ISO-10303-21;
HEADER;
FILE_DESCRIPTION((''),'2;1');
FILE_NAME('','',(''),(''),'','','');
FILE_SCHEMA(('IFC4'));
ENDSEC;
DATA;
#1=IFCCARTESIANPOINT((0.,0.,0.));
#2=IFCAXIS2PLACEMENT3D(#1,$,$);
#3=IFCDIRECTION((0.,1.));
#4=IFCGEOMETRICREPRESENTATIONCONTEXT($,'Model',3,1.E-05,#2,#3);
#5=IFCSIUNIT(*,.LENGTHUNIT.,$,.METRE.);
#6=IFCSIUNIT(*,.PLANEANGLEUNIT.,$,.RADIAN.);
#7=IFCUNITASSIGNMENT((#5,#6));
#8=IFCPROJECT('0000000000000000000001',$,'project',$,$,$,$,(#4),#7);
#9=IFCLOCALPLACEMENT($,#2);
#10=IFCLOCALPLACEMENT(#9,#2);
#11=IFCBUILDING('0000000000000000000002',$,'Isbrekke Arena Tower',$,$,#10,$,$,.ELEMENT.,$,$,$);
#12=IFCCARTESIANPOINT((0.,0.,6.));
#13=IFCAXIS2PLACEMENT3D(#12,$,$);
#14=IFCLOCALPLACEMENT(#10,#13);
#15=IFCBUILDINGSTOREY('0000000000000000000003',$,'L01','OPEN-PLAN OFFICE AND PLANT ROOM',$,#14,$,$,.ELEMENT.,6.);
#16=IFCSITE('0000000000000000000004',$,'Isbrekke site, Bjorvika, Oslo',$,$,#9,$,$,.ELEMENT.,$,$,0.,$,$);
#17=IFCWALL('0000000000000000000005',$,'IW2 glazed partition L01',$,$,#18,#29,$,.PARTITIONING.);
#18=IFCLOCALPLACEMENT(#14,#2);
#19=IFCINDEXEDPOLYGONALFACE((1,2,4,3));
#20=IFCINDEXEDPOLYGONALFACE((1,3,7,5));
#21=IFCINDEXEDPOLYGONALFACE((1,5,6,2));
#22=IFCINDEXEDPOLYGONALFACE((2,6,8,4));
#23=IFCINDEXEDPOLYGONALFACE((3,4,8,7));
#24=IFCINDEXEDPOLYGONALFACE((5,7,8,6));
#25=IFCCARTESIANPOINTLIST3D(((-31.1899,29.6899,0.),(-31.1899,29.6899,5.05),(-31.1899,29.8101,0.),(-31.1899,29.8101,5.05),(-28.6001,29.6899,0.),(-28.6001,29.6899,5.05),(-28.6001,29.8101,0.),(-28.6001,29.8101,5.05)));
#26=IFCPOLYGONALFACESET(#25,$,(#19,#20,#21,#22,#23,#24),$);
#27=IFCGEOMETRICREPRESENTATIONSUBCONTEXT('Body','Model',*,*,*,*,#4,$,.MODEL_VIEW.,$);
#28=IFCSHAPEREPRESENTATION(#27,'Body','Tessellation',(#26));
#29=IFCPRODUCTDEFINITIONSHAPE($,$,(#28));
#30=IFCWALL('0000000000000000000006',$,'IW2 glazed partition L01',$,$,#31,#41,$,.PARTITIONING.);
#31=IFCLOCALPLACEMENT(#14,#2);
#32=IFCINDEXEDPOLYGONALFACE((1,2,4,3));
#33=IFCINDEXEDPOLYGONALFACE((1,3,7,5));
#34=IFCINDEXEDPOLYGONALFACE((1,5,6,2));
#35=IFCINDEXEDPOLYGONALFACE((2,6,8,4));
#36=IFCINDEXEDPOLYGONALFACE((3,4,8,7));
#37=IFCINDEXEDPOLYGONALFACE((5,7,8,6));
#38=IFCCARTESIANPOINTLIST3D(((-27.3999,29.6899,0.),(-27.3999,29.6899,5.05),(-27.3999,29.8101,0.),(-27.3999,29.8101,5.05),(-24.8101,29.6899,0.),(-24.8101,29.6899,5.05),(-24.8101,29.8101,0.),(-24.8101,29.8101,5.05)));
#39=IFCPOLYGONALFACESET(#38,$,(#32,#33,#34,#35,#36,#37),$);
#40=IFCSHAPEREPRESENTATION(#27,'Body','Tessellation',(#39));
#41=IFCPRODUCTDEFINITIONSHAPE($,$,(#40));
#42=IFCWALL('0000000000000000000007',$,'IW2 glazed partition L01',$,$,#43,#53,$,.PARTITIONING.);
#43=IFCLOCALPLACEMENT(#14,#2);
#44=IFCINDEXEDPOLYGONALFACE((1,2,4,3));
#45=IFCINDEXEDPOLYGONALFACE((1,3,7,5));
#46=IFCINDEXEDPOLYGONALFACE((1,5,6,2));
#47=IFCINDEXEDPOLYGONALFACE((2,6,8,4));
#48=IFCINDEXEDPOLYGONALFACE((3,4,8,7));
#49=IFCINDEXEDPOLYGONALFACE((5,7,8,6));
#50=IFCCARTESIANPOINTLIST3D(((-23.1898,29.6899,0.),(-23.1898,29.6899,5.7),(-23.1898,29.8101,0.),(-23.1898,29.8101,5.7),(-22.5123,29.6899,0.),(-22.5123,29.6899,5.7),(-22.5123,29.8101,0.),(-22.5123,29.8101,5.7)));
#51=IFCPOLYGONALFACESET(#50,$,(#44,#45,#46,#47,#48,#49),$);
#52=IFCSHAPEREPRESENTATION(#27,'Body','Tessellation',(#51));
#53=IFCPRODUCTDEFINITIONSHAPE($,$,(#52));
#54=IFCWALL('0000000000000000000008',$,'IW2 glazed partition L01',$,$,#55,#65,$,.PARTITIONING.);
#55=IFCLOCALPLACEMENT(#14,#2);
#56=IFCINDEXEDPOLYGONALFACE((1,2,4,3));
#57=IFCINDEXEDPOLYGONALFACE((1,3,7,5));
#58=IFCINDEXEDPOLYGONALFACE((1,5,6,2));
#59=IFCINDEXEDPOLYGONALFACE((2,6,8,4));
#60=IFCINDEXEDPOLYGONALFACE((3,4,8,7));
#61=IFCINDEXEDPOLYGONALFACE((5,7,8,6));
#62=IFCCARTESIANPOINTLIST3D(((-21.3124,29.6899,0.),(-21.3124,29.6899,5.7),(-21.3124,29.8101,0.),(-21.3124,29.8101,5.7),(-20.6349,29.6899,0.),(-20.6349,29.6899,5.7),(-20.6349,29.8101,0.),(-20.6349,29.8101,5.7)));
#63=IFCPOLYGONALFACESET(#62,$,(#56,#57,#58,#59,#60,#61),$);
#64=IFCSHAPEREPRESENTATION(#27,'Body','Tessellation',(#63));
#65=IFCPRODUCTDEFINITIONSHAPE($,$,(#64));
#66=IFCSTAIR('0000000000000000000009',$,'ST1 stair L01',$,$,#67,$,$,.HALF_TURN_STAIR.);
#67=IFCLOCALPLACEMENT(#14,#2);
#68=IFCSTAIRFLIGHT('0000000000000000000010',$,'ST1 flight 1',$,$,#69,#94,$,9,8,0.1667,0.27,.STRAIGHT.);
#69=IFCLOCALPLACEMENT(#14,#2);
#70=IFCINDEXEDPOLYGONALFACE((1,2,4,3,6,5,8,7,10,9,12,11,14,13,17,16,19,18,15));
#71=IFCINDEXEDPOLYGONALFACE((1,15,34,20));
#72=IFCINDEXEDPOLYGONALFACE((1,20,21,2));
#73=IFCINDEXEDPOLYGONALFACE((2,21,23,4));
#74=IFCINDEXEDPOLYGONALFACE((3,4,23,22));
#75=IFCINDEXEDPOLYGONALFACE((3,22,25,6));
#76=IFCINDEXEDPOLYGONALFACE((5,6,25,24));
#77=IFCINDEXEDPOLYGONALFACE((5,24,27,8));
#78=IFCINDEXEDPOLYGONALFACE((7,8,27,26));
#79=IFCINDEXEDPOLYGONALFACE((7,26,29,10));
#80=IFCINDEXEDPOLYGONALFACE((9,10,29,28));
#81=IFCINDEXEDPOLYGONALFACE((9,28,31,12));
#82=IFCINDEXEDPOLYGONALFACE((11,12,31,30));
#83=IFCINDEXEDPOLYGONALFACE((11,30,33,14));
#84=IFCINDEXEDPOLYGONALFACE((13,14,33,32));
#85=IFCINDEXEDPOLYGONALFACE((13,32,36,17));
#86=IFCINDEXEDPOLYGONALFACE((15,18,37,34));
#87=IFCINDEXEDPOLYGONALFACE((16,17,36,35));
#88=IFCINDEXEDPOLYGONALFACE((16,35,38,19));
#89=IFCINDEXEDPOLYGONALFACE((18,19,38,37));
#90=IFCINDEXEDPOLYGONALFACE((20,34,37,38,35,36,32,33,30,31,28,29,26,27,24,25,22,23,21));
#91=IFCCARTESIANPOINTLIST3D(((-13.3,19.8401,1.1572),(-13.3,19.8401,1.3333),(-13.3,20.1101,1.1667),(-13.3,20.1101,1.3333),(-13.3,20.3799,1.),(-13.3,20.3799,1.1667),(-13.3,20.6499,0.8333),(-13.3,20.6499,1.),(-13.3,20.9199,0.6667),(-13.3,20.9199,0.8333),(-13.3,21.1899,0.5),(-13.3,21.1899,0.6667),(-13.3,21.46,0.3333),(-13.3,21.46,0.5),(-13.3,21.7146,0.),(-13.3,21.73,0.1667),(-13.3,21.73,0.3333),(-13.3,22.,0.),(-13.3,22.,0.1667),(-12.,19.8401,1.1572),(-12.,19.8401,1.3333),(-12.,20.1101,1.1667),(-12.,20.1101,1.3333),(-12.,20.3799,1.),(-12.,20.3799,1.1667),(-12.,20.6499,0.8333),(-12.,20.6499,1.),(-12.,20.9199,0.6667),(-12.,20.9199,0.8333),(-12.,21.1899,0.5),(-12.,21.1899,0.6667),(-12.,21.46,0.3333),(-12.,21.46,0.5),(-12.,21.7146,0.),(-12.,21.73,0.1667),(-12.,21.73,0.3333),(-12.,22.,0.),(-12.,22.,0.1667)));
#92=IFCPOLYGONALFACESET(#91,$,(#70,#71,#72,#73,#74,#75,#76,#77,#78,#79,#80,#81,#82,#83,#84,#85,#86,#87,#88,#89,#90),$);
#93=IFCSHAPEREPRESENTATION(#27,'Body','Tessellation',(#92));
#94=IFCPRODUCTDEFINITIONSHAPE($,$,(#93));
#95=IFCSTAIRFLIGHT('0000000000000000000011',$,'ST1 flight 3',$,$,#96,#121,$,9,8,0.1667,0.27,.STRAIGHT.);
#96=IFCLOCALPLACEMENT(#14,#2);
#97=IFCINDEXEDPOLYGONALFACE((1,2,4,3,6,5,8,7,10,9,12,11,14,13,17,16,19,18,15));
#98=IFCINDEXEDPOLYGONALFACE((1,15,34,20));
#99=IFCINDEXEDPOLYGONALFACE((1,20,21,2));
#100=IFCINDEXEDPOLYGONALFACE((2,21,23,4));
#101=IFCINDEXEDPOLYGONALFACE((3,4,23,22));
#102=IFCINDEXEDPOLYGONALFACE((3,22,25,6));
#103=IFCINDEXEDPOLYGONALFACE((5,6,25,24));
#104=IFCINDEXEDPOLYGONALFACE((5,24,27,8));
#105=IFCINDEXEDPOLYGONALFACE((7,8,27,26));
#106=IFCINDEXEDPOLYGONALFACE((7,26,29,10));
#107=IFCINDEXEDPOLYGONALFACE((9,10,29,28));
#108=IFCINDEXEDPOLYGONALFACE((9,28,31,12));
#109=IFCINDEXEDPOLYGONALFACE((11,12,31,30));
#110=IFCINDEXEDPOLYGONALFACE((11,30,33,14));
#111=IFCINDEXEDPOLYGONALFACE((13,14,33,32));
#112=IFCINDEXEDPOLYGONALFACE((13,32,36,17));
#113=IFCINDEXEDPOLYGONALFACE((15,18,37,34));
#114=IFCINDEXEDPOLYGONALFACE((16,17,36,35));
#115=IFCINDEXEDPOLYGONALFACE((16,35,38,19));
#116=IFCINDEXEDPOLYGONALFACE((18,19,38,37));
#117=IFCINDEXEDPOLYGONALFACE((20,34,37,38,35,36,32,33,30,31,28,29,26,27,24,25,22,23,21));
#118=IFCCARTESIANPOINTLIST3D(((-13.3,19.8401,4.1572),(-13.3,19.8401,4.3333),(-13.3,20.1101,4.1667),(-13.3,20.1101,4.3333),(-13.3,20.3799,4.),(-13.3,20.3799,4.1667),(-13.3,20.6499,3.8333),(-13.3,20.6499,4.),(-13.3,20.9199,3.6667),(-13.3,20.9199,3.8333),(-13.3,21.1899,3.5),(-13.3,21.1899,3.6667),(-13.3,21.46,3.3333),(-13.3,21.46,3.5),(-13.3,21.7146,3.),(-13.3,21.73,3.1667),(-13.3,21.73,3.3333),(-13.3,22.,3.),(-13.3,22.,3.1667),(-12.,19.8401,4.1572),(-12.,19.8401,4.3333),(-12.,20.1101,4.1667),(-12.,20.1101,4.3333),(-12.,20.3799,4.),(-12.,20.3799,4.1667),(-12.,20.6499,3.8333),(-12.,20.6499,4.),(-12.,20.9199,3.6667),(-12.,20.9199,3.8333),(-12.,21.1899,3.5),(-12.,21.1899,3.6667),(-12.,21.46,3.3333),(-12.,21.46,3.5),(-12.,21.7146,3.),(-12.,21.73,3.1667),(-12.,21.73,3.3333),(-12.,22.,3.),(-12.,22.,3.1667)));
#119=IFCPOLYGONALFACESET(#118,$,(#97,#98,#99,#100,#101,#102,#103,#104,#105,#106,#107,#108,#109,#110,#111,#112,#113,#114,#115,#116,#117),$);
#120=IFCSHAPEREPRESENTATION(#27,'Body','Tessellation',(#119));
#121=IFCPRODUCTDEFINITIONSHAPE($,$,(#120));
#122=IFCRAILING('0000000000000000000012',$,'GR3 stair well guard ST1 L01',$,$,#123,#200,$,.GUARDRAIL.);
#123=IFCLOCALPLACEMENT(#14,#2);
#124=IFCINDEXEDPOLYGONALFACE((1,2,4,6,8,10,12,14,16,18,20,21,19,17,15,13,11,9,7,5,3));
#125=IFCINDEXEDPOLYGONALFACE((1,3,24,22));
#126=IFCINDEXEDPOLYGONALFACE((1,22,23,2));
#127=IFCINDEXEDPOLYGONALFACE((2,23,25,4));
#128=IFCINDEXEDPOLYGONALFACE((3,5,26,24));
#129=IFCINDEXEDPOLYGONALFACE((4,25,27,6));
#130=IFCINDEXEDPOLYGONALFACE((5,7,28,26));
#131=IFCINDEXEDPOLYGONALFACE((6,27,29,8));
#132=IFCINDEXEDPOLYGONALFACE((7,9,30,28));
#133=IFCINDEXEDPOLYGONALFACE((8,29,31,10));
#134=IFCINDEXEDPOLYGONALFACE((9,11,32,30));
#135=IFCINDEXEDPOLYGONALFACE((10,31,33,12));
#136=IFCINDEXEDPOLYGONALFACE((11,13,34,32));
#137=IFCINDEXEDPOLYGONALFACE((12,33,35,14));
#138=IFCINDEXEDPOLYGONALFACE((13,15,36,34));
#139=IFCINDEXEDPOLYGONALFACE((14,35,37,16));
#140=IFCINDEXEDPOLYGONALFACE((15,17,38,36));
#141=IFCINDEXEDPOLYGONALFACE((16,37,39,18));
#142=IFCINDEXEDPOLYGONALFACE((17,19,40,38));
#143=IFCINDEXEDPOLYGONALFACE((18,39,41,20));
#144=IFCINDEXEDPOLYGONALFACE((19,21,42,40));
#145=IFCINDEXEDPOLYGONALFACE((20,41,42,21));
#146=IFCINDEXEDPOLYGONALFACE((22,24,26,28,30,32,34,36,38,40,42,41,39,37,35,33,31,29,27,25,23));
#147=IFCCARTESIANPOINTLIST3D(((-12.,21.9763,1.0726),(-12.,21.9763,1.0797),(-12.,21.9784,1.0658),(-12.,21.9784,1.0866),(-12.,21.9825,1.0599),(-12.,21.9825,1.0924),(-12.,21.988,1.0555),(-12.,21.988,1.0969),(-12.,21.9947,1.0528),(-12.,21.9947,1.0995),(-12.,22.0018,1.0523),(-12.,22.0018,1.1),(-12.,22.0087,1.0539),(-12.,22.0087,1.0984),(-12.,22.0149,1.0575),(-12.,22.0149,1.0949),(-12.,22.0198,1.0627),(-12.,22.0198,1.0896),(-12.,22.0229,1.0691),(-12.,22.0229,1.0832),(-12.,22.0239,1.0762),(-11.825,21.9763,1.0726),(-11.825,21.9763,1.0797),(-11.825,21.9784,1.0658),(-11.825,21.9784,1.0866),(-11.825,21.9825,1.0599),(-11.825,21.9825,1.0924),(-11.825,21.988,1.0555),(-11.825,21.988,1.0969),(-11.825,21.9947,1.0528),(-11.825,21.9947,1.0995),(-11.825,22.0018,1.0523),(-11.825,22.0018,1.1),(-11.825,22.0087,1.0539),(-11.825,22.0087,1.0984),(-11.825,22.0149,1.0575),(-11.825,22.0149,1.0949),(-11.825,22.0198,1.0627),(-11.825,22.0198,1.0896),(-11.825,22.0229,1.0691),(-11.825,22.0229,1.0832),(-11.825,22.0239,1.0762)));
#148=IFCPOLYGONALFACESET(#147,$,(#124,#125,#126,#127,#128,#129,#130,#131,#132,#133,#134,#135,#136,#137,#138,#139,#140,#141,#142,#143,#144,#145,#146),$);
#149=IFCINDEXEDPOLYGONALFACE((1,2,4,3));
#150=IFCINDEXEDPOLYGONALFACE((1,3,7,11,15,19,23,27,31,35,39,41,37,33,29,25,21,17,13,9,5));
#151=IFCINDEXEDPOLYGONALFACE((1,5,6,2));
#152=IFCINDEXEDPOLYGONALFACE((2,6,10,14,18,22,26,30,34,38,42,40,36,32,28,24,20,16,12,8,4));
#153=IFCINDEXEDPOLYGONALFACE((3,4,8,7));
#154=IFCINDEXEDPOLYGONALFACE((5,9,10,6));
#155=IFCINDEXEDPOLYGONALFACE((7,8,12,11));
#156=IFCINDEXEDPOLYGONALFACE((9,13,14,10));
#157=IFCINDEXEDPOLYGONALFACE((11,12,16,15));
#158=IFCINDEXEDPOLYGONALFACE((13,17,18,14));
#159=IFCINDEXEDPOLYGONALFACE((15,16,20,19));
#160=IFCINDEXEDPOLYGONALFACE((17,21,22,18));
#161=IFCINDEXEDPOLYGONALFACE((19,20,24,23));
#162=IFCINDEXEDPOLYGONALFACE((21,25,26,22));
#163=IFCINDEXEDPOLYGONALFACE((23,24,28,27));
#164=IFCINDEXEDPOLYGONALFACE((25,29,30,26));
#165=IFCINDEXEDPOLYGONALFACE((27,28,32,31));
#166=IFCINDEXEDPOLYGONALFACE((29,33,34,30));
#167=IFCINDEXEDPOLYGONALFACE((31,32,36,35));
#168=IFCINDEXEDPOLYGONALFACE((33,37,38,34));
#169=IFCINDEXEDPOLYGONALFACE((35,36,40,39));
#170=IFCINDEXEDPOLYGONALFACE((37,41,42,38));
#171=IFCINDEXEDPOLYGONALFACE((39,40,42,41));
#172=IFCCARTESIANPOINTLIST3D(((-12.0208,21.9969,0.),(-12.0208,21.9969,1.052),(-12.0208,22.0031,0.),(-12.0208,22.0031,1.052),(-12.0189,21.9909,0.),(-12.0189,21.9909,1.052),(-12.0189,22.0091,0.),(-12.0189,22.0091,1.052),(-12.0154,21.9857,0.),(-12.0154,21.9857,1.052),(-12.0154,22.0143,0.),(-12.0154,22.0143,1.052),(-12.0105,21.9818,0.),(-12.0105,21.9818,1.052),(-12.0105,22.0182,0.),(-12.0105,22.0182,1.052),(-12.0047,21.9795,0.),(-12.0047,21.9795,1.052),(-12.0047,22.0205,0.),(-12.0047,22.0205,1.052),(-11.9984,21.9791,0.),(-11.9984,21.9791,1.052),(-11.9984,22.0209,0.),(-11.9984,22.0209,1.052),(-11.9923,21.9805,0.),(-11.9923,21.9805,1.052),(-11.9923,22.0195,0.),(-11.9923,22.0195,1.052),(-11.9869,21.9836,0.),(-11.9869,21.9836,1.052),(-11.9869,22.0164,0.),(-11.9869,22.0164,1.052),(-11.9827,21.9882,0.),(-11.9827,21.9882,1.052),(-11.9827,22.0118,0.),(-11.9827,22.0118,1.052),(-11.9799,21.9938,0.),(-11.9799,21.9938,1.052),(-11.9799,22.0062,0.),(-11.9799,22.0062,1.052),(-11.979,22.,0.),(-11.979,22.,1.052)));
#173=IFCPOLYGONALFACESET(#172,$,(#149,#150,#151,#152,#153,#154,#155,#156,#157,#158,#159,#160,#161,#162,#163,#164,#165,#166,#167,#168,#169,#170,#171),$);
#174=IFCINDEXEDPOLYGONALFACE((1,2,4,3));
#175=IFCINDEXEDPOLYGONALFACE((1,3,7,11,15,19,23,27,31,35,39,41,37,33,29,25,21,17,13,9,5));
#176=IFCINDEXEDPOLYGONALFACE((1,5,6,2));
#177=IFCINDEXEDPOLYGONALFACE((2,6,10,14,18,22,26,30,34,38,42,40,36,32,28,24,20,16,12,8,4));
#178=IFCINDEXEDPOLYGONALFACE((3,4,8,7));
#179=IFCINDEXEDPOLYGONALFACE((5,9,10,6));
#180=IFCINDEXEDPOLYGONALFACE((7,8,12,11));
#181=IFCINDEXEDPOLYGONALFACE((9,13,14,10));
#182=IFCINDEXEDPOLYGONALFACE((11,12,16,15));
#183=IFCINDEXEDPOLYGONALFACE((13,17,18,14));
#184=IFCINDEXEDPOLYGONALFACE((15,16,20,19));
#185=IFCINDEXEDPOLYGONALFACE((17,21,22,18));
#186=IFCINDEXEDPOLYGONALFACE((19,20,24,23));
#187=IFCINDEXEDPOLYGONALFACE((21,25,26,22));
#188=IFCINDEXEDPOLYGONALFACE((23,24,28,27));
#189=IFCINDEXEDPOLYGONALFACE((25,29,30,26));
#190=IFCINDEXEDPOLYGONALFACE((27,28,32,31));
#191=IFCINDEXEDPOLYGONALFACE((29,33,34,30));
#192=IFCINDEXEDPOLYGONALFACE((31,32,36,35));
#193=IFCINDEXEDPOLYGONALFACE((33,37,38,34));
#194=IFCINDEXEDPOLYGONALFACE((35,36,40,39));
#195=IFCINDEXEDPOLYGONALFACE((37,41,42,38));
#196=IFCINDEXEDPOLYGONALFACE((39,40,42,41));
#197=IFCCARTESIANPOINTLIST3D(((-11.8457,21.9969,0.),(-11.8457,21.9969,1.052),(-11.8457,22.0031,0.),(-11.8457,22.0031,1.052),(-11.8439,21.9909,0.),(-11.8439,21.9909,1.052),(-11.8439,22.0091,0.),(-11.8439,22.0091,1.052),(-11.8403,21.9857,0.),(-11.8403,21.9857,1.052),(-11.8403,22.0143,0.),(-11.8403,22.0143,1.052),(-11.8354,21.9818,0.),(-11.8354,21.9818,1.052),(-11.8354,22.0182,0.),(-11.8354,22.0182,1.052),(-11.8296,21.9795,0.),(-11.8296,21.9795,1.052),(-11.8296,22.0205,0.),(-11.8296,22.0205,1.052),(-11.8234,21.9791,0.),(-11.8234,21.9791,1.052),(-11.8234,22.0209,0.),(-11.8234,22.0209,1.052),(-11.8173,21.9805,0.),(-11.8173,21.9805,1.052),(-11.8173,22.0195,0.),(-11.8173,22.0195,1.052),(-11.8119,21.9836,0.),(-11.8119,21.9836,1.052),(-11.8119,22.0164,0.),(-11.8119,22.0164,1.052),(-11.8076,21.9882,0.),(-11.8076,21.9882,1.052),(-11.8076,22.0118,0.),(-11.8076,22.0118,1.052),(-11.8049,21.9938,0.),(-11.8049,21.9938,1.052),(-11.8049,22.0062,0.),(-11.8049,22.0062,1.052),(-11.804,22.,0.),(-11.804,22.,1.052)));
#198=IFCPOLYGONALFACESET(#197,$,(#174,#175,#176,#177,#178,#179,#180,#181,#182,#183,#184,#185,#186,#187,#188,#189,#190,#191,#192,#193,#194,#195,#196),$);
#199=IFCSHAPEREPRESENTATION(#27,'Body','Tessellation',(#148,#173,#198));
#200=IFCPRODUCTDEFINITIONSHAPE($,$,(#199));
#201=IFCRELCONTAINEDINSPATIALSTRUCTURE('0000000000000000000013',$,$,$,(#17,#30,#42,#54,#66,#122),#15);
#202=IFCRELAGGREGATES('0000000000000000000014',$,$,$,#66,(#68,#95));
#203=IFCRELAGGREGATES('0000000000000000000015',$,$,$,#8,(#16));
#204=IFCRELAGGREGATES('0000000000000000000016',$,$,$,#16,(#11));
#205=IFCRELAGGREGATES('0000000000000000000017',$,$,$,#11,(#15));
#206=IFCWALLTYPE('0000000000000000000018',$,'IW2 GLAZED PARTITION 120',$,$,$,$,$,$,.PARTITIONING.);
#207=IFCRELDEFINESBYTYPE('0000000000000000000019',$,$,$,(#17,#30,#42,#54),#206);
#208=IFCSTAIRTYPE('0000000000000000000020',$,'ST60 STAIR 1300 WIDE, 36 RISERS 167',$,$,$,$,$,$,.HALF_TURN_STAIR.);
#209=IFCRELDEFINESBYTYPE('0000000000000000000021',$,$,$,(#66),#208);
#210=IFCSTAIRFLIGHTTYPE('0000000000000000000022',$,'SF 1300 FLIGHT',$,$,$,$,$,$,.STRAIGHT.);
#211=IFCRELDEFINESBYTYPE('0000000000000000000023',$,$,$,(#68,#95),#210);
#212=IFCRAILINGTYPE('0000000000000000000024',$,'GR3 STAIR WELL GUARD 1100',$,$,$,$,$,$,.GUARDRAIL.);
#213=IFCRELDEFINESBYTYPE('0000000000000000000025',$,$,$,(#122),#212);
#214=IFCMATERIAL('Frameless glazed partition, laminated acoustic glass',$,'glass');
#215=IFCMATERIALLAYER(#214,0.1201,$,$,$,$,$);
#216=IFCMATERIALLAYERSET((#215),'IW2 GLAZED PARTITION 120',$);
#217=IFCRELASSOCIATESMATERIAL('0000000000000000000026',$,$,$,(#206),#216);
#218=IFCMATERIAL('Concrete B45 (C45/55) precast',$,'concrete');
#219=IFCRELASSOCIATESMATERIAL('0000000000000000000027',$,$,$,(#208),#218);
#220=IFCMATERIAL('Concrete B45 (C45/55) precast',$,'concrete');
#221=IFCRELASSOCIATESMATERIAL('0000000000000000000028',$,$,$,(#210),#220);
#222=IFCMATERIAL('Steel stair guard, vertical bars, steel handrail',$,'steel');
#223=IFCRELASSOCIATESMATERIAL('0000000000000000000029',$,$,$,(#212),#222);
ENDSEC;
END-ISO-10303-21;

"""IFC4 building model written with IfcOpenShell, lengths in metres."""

from ifc_helpers import new_model, si_unit, direction, frame, frame_2d, origin, origin_2d, place, context, subcontext, project, spatial, polyline, rectangle, circle, outline, extrude, material, layer, layer_set, type_object, element, aggregate, save


model = new_model("IFC4")

# Units and contexts
model_context = context("Model", 3, precision=1e-05, world=origin(), true_north=direction((0.0, 1.0)))
body_context = subcontext(model_context, "Body", "Model", "MODEL_VIEW")
ifc_project = project(units=[si_unit("LENGTHUNIT", "METRE"), si_unit("PLANEANGLEUNIT", "RADIAN")], contexts=[model_context])

# Site, building, storey
site_placement = place(None, origin())
site = spatial("IfcSite", under=ifc_project, at=site_placement, Name="Isbrekke site, Bjorvika, Oslo", CompositionType="ELEMENT", RefElevation=0.0)
building_placement = place(site_placement, origin())
building = spatial("IfcBuilding", under=site, at=building_placement, Name="Isbrekke Arena Tower", CompositionType="ELEMENT")
storey_placement = place(building_placement, frame((0.0, 0.0, 6.0)))
storey = spatial("IfcBuildingStorey", under=building, at=storey_placement, Name="L01", Description="OPEN-PLAN OFFICE AND PLANT ROOM", CompositionType="ELEMENT", Elevation=6.0)

# Walls
ifc_material_1 = material(Name="Frameless glazed partition, laminated acoustic glass", Category="glass")
ifc_layer_1 = layer(ifc_material_1, 0.1201)
ifc_layer_set_1 = layer_set([ifc_layer_1], Name="IW2 GLAZED PARTITION 120")
wall_type_1 = type_object("IfcWallType", Name="IW2 GLAZED PARTITION 120", PredefinedType="PARTITIONING", material=ifc_layer_set_1)
for number, where, z_axis, x_axis, name in (
    (1, (-31.1899, 29.75, 0.0), (0.0, 0.0, 1.0), (1.0, 0.0, 0.0), "IW2 glazed partition L01"),
    (2, (-27.3999, 29.75, 0.0), (0.0, 0.0, 1.0), (1.0, 0.0, 0.0), "IW2 glazed partition L01"),
):
    element("IfcWall", number, at=place(storey_placement, frame(where, z_axis=z_axis, x_axis=x_axis)), inside=storey, type_object=wall_type_1, Name=name, PredefinedType="PARTITIONING", context=body_context, shape_type="SweptSolid", body=[
        extrude(rectangle(XDim=2.5898, YDim=0.1201, at=frame_2d((1.2949, 0.0))), origin(), (0.0, 0.0, 1.0), 5.05),
    ])
for number, where, z_axis, x_axis, name in (
    (3, (-23.1899, 29.75, 0.0), (0.0, 0.0, 1.0), (1.0, 0.0, 0.0), "IW2 glazed partition L01"),
    (4, (-21.3125, 29.75, 0.0), (0.0, 0.0, 1.0), (1.0, 0.0, 0.0), "IW2 glazed partition L01"),
):
    element("IfcWall", number, at=place(storey_placement, frame(where, z_axis=z_axis, x_axis=x_axis)), inside=storey, type_object=wall_type_1, Name=name, PredefinedType="PARTITIONING", context=body_context, shape_type="SweptSolid", body=[
        extrude(rectangle(XDim=0.6775, YDim=0.1201, at=frame_2d((0.3389, 0.0))), origin(), (0.0, 0.0, 1.0), 5.7),
    ])

# Stair, stair flights
ifc_material_2 = material(Name="Concrete B45 (C45/55) precast", Category="concrete")
stair_type = type_object("IfcStairType", Name="ST60 STAIR 1300 WIDE, 36 RISERS 167", PredefinedType="HALF_TURN_STAIR", material=ifc_material_2)
stair_placement = place(storey_placement, origin())
stair = element("IfcStair", 5, at=stair_placement, inside=storey, type_object=stair_type, Name="ST1 stair L01", PredefinedType="HALF_TURN_STAIR")
ifc_material_3 = material(Name="Concrete B45 (C45/55) precast", Category="concrete")
stair_flight_type = type_object("IfcStairFlightType", Name="SF 1300 FLIGHT", PredefinedType="STRAIGHT", material=ifc_material_3)
stair_flight_1_placement = place(storey_placement, frame((-12.6499, 22.0, 0.0), z_axis=(0.0, 0.0, 1.0), x_axis=(0.0, -1.0, 0.0)))
stair_flight_1 = element("IfcStairFlight", 6, at=stair_flight_1_placement, type_object=stair_flight_type, Name="ST1 flight 1", NumberOfRisers=9, NumberOfTreads=8, PredefinedType="STRAIGHT", RiserHeight=0.1667, TreadLength=0.27, context=body_context, shape_type="SweptSolid", body=[
    extrude(outline(polyline([(0.0, 0.0), (0.0, 0.1667), (0.27, 0.1667), (0.27, 0.3333), (0.54, 0.3333), (0.54, 0.5), (0.8101, 0.5), (0.8101, 0.6667), (1.0801, 0.6667), (1.0801, 0.8333), (1.3501, 0.8333), (1.3501, 1.0), (1.6201, 1.0), (1.6201, 1.1667), (1.8899, 1.1667), (1.8899, 1.3333), (2.1599, 1.3333), (2.1599, 1.5), (2.1599, 1.1572), (0.2854, 0.0), (0.0, 0.0)])), frame((0.0, 0.6499, 0.0), z_axis=(0.0, -1.0, 0.0), x_axis=(1.0, 0.0, 0.0)), (0.0, 0.0, 1.0), 1.3),
])
stair_flight_2_placement = place(storey_placement, frame((-12.6499, 22.0, 3.0), z_axis=(0.0, 0.0, 1.0), x_axis=(0.0, -1.0, 0.0)))
stair_flight_2 = element("IfcStairFlight", 7, at=stair_flight_2_placement, type_object=stair_flight_type, Name="ST1 flight 3", NumberOfRisers=9, NumberOfTreads=8, PredefinedType="STRAIGHT", RiserHeight=0.1667, TreadLength=0.27, context=body_context, shape_type="SweptSolid", body=[
    extrude(outline(polyline([(0.0, 0.0), (0.0, 0.1667), (0.27, 0.1667), (0.27, 0.3333), (0.54, 0.3333), (0.54, 0.5), (0.8101, 0.5), (0.8101, 0.6667), (1.0801, 0.6667), (1.0801, 0.8333), (1.3501, 0.8333), (1.3501, 1.0), (1.6201, 1.0), (1.6201, 1.1667), (1.8899, 1.1667), (1.8899, 1.3333), (2.1599, 1.3333), (2.1599, 1.5), (2.1599, 1.1572), (0.2854, 0.0), (0.0, 0.0)])), frame((0.0, 0.6499, 0.0), z_axis=(0.0, -1.0, 0.0), x_axis=(1.0, 0.0, 0.0)), (0.0, 0.0, 1.0), 1.3),
])
aggregate(stair, [stair_flight_1, stair_flight_2])

# Railing
ifc_material_4 = material(Name="Steel stair guard, vertical bars, steel handrail", Category="steel")
railing_type = type_object("IfcRailingType", Name="GR3 STAIR WELL GUARD 1100", PredefinedType="GUARDRAIL", material=ifc_material_4)
for number, where, name in (
    (8, (-12.0, 22.0, 0.0), "GR3 stair well guard ST1 L01"),
):
    element("IfcRailing", number, at=place(storey_placement, frame(where)), inside=storey, type_object=railing_type, Name=name, PredefinedType="GUARDRAIL", context=body_context, shape_type="SweptSolid", body=[
        extrude(circle(Radius=0.0239, at=origin_2d()), frame((0.0, 0.0, 1.0762), z_axis=(1.0, 0.0, 0.0), x_axis=(0.0, 1.0, 0.0)), (0.0, 0.0, 1.0), 0.175),
        extrude(circle(Radius=0.021, at=origin_2d()), origin(), (0.0, 0.0, 1.0), 1.052),
        extrude(circle(Radius=0.021, at=origin_2d()), frame((0.175, 0.0, 0.0)), (0.0, 0.0, 1.0), 1.052),
    ])

save(model, "model.ifc")
